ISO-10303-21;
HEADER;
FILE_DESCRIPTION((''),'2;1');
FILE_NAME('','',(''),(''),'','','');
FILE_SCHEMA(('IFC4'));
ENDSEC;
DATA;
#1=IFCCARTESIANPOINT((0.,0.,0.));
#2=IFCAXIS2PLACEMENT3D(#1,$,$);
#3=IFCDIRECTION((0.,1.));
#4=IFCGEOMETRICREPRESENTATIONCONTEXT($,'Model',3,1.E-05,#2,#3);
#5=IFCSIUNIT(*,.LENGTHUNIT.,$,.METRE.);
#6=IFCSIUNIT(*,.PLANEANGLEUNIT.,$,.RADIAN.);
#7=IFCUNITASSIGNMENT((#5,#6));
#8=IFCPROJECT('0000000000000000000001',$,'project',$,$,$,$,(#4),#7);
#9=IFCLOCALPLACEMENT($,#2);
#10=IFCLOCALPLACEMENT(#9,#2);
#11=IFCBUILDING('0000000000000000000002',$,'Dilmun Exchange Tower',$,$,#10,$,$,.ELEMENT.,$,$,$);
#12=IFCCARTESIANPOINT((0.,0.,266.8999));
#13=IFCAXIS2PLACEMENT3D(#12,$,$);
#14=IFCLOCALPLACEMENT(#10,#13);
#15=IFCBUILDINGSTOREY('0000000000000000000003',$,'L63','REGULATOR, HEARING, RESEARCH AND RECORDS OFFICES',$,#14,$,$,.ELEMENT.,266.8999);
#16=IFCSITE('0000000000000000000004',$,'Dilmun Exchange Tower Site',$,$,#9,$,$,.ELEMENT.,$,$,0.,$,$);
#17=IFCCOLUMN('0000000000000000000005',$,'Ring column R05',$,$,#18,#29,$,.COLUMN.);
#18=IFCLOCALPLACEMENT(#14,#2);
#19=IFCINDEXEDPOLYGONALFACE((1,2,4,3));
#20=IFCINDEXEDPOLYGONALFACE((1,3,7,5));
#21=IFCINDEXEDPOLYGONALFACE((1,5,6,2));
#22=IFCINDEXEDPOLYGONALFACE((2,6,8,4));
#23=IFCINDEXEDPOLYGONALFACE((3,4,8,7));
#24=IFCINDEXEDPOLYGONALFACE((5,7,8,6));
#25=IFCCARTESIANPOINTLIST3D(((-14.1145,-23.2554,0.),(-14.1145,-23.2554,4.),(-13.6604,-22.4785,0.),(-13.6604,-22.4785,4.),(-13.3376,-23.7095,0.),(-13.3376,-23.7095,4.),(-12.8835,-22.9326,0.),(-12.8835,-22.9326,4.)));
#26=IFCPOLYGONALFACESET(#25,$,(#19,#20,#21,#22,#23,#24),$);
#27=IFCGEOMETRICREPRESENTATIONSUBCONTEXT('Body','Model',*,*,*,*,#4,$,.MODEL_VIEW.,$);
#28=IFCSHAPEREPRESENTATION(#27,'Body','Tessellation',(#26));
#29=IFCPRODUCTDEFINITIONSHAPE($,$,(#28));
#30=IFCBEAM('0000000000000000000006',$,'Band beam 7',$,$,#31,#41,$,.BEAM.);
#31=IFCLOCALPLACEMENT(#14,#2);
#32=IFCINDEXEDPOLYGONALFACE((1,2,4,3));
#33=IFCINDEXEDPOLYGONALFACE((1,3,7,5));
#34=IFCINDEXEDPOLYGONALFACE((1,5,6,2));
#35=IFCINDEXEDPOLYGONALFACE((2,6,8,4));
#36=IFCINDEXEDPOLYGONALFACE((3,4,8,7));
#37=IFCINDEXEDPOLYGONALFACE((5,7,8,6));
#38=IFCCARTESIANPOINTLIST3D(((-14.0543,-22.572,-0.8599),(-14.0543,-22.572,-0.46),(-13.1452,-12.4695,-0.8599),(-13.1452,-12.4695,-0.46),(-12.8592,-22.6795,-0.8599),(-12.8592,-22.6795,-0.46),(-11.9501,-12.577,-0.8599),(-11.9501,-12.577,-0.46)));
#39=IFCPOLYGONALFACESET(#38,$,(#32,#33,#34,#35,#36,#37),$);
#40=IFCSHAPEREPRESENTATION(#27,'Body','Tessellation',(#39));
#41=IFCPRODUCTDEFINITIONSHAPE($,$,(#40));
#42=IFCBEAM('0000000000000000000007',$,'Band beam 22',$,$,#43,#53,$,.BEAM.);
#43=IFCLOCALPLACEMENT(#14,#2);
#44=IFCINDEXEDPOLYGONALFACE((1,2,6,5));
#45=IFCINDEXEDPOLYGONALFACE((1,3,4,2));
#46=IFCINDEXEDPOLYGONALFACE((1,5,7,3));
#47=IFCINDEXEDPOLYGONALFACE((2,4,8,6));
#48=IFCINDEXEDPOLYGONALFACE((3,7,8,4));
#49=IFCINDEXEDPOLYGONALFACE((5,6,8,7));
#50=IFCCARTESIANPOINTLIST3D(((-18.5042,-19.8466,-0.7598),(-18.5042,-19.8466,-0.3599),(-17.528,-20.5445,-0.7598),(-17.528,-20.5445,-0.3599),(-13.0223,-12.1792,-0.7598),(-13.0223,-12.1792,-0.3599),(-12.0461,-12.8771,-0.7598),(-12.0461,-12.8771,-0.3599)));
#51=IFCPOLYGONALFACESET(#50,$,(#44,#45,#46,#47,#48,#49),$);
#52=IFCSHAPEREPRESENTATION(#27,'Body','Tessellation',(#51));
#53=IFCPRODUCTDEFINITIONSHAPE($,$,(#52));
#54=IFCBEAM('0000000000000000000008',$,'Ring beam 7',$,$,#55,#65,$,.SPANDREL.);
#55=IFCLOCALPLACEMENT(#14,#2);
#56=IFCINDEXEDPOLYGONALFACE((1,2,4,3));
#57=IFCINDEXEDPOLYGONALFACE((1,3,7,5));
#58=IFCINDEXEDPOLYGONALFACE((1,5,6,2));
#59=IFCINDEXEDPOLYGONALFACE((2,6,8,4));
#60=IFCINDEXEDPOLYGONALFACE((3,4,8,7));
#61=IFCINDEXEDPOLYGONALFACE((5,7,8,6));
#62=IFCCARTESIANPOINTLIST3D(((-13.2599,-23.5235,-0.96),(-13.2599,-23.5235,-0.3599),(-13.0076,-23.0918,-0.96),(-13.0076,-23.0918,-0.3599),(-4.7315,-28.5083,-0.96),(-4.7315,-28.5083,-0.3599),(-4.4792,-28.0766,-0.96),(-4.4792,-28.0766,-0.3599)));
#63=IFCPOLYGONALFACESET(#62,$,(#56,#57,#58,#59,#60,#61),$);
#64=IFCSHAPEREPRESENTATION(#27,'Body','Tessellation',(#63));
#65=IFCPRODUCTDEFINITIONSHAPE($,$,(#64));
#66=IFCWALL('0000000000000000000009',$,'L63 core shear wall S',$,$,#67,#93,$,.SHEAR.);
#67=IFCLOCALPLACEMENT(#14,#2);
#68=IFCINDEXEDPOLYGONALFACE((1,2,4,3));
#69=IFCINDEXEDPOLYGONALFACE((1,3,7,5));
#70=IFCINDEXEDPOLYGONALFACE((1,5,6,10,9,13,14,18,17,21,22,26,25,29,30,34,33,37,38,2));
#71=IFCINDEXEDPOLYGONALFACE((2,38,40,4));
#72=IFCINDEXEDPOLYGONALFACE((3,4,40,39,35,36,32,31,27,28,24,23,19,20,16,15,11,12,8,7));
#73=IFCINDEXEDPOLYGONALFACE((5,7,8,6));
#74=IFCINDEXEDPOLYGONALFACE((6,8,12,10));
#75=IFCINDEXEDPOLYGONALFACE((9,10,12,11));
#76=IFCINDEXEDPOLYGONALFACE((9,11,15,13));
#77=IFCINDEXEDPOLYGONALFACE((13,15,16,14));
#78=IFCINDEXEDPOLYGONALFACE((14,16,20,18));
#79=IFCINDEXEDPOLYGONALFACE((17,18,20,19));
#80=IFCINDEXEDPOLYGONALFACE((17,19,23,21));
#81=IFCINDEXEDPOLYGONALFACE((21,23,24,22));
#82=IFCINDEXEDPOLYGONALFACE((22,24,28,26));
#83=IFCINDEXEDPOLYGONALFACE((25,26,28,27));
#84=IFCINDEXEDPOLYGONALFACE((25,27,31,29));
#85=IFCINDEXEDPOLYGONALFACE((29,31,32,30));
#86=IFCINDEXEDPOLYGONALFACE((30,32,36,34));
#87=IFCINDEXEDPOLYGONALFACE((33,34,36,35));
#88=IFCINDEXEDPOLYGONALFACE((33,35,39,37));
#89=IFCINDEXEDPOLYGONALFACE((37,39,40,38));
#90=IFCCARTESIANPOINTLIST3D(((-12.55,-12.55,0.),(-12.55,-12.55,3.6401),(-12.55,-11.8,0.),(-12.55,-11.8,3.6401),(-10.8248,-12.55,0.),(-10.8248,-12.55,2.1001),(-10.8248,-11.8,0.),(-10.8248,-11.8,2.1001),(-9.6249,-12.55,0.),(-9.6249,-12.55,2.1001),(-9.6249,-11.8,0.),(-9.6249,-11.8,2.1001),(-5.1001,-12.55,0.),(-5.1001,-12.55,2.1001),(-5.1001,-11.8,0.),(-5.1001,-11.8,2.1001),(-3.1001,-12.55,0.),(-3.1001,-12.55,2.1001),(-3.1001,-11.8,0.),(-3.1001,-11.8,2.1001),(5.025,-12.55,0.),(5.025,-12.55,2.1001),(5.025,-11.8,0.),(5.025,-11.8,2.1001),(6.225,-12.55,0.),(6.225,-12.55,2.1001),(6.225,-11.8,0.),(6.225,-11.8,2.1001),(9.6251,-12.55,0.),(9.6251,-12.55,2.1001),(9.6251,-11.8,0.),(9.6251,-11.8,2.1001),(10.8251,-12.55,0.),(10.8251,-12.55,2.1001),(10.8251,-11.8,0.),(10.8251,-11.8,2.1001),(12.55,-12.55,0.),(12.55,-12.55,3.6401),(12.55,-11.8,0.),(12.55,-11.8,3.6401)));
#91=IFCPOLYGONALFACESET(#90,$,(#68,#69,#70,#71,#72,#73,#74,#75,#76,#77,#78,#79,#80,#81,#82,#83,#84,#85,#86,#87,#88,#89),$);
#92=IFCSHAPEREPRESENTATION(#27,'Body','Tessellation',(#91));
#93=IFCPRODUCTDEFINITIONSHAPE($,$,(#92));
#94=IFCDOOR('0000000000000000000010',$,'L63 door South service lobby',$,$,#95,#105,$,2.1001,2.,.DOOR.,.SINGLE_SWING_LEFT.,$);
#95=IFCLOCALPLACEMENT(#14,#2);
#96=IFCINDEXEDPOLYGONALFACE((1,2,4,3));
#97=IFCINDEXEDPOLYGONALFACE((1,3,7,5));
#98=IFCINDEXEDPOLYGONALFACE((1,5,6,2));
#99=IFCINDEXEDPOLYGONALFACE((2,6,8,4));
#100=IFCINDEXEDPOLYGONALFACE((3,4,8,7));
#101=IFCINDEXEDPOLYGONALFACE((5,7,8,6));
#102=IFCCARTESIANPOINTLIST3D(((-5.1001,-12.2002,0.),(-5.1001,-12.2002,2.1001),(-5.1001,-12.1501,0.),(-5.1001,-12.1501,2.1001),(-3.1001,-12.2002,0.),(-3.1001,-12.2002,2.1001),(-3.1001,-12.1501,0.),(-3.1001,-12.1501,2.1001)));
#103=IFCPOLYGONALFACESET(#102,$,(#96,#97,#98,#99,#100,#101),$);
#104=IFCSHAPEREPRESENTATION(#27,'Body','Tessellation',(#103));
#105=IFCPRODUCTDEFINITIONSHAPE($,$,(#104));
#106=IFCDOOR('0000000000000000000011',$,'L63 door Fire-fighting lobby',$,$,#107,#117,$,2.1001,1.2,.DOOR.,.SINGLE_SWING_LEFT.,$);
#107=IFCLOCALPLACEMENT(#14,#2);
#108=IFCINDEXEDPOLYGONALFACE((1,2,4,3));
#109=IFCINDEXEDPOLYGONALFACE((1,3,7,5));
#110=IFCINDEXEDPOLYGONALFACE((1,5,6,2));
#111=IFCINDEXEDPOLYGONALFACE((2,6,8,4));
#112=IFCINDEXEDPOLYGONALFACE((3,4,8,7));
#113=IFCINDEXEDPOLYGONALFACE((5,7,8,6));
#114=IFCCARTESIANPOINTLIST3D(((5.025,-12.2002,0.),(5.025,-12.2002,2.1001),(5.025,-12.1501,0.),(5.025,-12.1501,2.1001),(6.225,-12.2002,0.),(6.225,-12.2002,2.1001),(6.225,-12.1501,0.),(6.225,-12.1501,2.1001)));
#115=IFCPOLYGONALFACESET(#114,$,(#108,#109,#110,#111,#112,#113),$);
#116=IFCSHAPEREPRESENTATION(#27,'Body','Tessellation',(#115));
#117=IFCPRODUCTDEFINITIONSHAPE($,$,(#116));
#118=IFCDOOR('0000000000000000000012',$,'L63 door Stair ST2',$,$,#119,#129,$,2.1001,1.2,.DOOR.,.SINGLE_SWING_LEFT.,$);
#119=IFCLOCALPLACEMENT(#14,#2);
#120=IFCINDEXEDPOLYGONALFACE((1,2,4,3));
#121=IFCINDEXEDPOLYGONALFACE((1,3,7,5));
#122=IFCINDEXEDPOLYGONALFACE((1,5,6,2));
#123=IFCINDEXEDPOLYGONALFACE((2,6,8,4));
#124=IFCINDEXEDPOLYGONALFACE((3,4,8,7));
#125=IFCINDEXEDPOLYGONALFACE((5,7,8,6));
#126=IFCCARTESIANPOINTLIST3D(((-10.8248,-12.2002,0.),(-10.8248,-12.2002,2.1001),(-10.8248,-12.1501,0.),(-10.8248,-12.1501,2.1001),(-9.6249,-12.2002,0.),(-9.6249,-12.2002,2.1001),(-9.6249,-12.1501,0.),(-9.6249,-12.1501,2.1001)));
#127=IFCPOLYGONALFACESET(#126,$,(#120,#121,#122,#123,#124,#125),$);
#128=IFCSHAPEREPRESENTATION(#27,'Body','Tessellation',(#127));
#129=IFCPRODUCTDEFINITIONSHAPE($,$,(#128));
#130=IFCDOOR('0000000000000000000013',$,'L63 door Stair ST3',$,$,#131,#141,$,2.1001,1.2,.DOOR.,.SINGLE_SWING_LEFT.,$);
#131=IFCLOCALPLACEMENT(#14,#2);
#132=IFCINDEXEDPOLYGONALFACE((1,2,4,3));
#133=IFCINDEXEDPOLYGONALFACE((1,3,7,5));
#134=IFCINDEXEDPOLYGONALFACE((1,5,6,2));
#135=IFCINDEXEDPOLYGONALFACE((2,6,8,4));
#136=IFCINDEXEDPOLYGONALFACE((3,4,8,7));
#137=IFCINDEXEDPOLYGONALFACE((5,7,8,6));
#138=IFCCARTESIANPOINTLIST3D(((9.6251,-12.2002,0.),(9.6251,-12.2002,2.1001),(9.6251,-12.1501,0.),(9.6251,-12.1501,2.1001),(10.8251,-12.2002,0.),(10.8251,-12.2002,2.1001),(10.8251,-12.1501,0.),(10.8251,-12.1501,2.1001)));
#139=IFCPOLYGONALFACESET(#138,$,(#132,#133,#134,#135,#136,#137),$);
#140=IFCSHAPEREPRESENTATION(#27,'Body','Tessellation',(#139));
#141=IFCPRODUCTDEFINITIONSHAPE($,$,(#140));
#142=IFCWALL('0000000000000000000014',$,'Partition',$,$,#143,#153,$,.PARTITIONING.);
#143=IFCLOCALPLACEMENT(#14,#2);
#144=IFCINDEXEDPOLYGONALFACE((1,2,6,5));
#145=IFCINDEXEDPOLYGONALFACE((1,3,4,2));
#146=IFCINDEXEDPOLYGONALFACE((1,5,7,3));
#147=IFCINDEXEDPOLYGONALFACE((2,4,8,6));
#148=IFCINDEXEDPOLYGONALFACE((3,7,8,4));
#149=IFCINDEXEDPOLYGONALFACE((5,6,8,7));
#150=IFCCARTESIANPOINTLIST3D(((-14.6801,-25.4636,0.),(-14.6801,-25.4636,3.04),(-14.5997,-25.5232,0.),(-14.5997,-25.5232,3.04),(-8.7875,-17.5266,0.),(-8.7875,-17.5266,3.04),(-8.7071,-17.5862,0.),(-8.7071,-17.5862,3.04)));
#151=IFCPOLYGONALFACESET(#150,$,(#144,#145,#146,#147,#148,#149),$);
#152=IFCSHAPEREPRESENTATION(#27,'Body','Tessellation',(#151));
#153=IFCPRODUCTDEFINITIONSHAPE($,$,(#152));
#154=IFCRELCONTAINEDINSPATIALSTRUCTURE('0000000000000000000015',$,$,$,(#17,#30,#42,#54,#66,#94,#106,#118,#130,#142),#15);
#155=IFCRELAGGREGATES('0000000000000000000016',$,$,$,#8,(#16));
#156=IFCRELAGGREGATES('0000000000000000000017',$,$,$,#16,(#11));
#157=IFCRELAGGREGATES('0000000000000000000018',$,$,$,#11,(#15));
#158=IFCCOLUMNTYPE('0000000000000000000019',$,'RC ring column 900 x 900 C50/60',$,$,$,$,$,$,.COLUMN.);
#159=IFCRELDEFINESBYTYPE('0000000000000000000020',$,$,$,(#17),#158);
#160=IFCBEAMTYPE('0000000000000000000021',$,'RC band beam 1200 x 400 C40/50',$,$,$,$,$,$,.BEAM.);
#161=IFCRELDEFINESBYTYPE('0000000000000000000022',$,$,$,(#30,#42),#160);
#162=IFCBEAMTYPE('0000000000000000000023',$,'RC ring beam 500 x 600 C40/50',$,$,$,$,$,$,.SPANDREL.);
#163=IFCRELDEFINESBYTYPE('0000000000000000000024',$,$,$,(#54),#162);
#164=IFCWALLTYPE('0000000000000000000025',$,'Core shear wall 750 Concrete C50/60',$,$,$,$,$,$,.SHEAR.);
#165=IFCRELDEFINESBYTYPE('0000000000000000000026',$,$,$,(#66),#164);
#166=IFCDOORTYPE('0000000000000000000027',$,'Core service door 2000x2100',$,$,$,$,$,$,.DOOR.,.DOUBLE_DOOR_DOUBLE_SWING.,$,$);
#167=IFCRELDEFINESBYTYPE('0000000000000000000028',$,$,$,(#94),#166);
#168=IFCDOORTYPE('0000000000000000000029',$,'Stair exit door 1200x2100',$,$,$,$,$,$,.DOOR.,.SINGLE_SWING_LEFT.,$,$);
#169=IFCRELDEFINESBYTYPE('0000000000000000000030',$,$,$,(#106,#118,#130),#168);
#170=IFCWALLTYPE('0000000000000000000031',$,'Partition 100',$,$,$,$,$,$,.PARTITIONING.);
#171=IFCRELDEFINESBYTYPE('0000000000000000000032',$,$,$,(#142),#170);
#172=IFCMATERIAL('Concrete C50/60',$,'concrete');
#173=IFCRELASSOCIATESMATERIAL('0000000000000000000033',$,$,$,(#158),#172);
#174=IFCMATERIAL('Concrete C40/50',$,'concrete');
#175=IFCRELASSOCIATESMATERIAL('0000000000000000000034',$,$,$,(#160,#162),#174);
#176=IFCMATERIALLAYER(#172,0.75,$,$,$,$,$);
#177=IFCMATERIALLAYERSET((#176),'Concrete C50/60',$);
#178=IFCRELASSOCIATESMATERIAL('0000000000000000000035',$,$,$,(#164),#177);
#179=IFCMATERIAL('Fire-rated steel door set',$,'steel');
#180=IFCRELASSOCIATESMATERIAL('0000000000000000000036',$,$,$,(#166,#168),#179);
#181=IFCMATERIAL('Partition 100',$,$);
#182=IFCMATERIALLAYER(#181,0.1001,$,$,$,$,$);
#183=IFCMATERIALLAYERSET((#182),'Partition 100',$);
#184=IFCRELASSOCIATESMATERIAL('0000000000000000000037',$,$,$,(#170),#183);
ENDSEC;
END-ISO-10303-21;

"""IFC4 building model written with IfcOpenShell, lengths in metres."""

from ifc_helpers import new_model, si_unit, direction, frame, frame_2d, origin, origin_2d, place, context, subcontext, project, spatial, rectangle, extrude, material, layer, layer_set, material_profile, profile_set, type_object, element, fill, save


model = new_model("IFC4")

# Units and contexts
model_context = context("Model", 3, precision=1e-05, world=origin(), true_north=direction((0.0, 1.0)))
body_context = subcontext(model_context, "Body", "Model", "MODEL_VIEW")
ifc_project = project(units=[si_unit("LENGTHUNIT", "METRE"), si_unit("PLANEANGLEUNIT", "RADIAN")], contexts=[model_context])

# Site, building, storey
site_placement = place(None, origin())
site = spatial("IfcSite", under=ifc_project, at=site_placement, Name="Dilmun Exchange Tower Site", CompositionType="ELEMENT", RefElevation=0.0)
building_placement = place(site_placement, origin())
building = spatial("IfcBuilding", under=site, at=building_placement, Name="Dilmun Exchange Tower", CompositionType="ELEMENT")
storey_placement = place(building_placement, frame((0.0, 0.0, 266.8999)))
storey = spatial("IfcBuildingStorey", under=building, at=storey_placement, Name="L63", Description="REGULATOR, HEARING, RESEARCH AND RECORDS OFFICES", CompositionType="ELEMENT", Elevation=266.8999)

# Column
ifc_material_1 = material(Name="Concrete C50/60", Category="concrete")
ifc_material_profile_1 = material_profile(ifc_material_1, rectangle(XDim=0.8999, YDim=0.8999, at=origin_2d()), Name="900 x 900")
ifc_profile_set_1 = profile_set([ifc_material_profile_1], Name="Concrete C50/60")
column_type = type_object("IfcColumnType", Name="RC ring column 900 x 900 C50/60", PredefinedType="COLUMN", material=ifc_profile_set_1)
column_placement = place(storey_placement, frame((-13.499, -23.094, 0.0), z_axis=(0.0, 0.0, 1.0), x_axis=(0.504644, 0.863328, 0.0)))
element("IfcColumn", 1, at=column_placement, inside=storey, type_object=column_type, Name="Ring column R05", PredefinedType="COLUMN", context=body_context, shape_type="SweptSolid", body=[
    extrude(rectangle(XDim=0.8999, YDim=0.8999, at=origin_2d()), origin(), (0.0, 0.0, 1.0), 4.0),
])

# Beams
ifc_material_2 = material(Name="Concrete C40/50", Category="concrete")
ifc_material_profile_2 = material_profile(ifc_material_2, rectangle(XDim=1.2, YDim=0.3999, at=origin_2d()), Name="1200 x 400")
ifc_profile_set_2 = profile_set([ifc_material_profile_2], Name="Concrete C40/50")
beam_type_1 = type_object("IfcBeamType", Name="RC band beam 1200 x 400 C40/50", PredefinedType="BEAM", material=ifc_profile_set_2)
beam_1_placement = place(storey_placement, frame((-13.4568, -22.6257, -0.6599), z_axis=(0.089633, 0.995975, 0.0), x_axis=(-0.995975, 0.089633, 0.0)))
element("IfcBeam", 2, at=beam_1_placement, inside=storey, type_object=beam_type_1, Name="Band beam 7", PredefinedType="BEAM", context=body_context, shape_type="SweptSolid", body=[
    extrude(rectangle(XDim=1.2, YDim=0.3999, at=origin_2d()), origin(), (0.0, 0.0, 1.0), 10.1433),
])
beam_2_placement = place(storey_placement, frame((-18.0161, -20.1956, -0.5598), z_axis=(0.581601, 0.813474, 0.0), x_axis=(-0.813474, 0.581601, 0.0)))
element("IfcBeam", 3, at=beam_2_placement, inside=storey, type_object=beam_type_1, Name="Band beam 22", PredefinedType="BEAM", context=body_context, shape_type="SweptSolid", body=[
    extrude(rectangle(XDim=1.2, YDim=0.3999, at=origin_2d()), origin(), (0.0, 0.0, 1.0), 9.4255),
])
ifc_material_profile_3 = material_profile(ifc_material_2, rectangle(XDim=0.5, YDim=0.6001, at=origin_2d()), Name="500 x 600")
ifc_profile_set_3 = profile_set([ifc_material_profile_3], Name="Concrete C40/50")
beam_type_2 = type_object("IfcBeamType", Name="RC ring beam 500 x 600 C40/50", PredefinedType="SPANDREL", material=ifc_profile_set_3)
beam_3_placement = place(storey_placement, frame((-13.1338, -23.3076, -0.6599), z_axis=(0.863344, -0.504616, 0.0), x_axis=(0.504616, 0.863344, 0.0)))
element("IfcBeam", 4, at=beam_3_placement, inside=storey, type_object=beam_type_2, Name="Ring beam 7", PredefinedType="SPANDREL", context=body_context, shape_type="SweptSolid", body=[
    extrude(rectangle(XDim=0.5, YDim=0.6001, at=origin_2d()), origin(), (0.0, 0.0, 1.0), 9.8784),
])

# Wall, openings, doors
ifc_layer_1 = layer(ifc_material_1, 0.75)
ifc_layer_set_1 = layer_set([ifc_layer_1], Name="Concrete C50/60")
wall_type_1 = type_object("IfcWallType", Name="Core shear wall 750 Concrete C50/60", PredefinedType="SHEAR", material=ifc_layer_set_1)
wall_1_placement = place(storey_placement, frame((-12.55, -12.175, 0.0), z_axis=(0.0, 0.0, 1.0), x_axis=(1.0, 0.0, 0.0)))
wall_1 = element("IfcWall", 5, at=wall_1_placement, inside=storey, type_object=wall_type_1, Name="L63 core shear wall S", PredefinedType="SHEAR", context=body_context, shape_type="SweptSolid", body=[
    extrude(rectangle(XDim=25.1001, YDim=0.75, at=frame_2d((12.55, 0.0))), origin(), (0.0, 0.0, 1.0), 3.6401),
])
opening_1_placement = place(wall_1_placement, frame((7.45, 0.0, 0.0)))
opening_1 = element("IfcOpeningElement", 6, at=opening_1_placement, cuts=wall_1, PredefinedType="OPENING", context=body_context, shape_type="SweptSolid", body=[
    extrude(rectangle(XDim=2.0, YDim=2.1001, at=frame_2d((1.0, 1.05))), frame((0.0, 0.385, 0.0), z_axis=(0.0, -1.0, 0.0), x_axis=(1.0, 0.0, 0.0)), (0.0, 0.0, 1.0), 0.77),
])
opening_2_placement = place(wall_1_placement, frame((17.575, 0.0, 0.0)))
opening_2 = element("IfcOpeningElement", 7, at=opening_2_placement, cuts=wall_1, PredefinedType="OPENING", context=body_context, shape_type="SweptSolid", body=[
    extrude(rectangle(XDim=1.2, YDim=2.1001, at=frame_2d((0.6001, 1.05))), frame((0.0, 0.385, 0.0), z_axis=(0.0, -1.0, 0.0), x_axis=(1.0, 0.0, 0.0)), (0.0, 0.0, 1.0), 0.77),
])
opening_3_placement = place(wall_1_placement, frame((1.7251, 0.0, 0.0)))
opening_3 = element("IfcOpeningElement", 8, at=opening_3_placement, cuts=wall_1, PredefinedType="OPENING", context=body_context, shape_type="SweptSolid", body=[
    extrude(rectangle(XDim=1.2, YDim=2.1001, at=frame_2d((0.6001, 1.05))), frame((0.0, 0.385, 0.0), z_axis=(0.0, -1.0, 0.0), x_axis=(1.0, 0.0, 0.0)), (0.0, 0.0, 1.0), 0.77),
])
opening_4_placement = place(wall_1_placement, frame((22.175, 0.0, 0.0)))
opening_4 = element("IfcOpeningElement", 9, at=opening_4_placement, cuts=wall_1, PredefinedType="OPENING", context=body_context, shape_type="SweptSolid", body=[
    extrude(rectangle(XDim=1.2, YDim=2.1001, at=frame_2d((0.6001, 1.05))), frame((0.0, 0.385, 0.0), z_axis=(0.0, -1.0, 0.0), x_axis=(1.0, 0.0, 0.0)), (0.0, 0.0, 1.0), 0.77),
])
ifc_material_3 = material(Name="Fire-rated steel door set", Category="steel")
door_type_1 = type_object("IfcDoorType", Name="Core service door 2000x2100", OperationType="DOUBLE_DOOR_DOUBLE_SWING", PredefinedType="DOOR", material=ifc_material_3)
door_1_placement = place(opening_1_placement, origin())
door_1 = element("IfcDoor", 10, at=door_1_placement, inside=storey, type_object=door_type_1, Name="L63 door South service lobby", OperationType="SINGLE_SWING_LEFT", OverallHeight=2.1001, OverallWidth=2.0, PredefinedType="DOOR", context=body_context, shape_type="SweptSolid", body=[
    extrude(rectangle(XDim=2.0, YDim=2.1001, at=frame_2d((1.0, 1.05))), frame((0.0, 0.0249, 0.0), z_axis=(0.0, -1.0, 0.0), x_axis=(1.0, 0.0, 0.0)), (0.0, 0.0, 1.0), 0.05),
])
fill(opening_1, door_1)
door_type_2 = type_object("IfcDoorType", Name="Stair exit door 1200x2100", OperationType="SINGLE_SWING_LEFT", PredefinedType="DOOR", material=ifc_material_3)
door_2_placement = place(opening_2_placement, origin())
door_2 = element("IfcDoor", 11, at=door_2_placement, inside=storey, type_object=door_type_2, Name="L63 door Fire-fighting lobby", OperationType="SINGLE_SWING_LEFT", OverallHeight=2.1001, OverallWidth=1.2, PredefinedType="DOOR", context=body_context, shape_type="SweptSolid", body=[
    extrude(rectangle(XDim=1.2, YDim=2.1001, at=frame_2d((0.6001, 1.05))), frame((0.0, 0.0249, 0.0), z_axis=(0.0, -1.0, 0.0), x_axis=(1.0, 0.0, 0.0)), (0.0, 0.0, 1.0), 0.05),
])
fill(opening_2, door_2)
door_3_placement = place(opening_3_placement, origin())
door_3 = element("IfcDoor", 12, at=door_3_placement, inside=storey, type_object=door_type_2, Name="L63 door Stair ST2", OperationType="SINGLE_SWING_LEFT", OverallHeight=2.1001, OverallWidth=1.2, PredefinedType="DOOR", context=body_context, shape_type="SweptSolid", body=[
    extrude(rectangle(XDim=1.2, YDim=2.1001, at=frame_2d((0.6001, 1.05))), frame((0.0, 0.0249, 0.0), z_axis=(0.0, -1.0, 0.0), x_axis=(1.0, 0.0, 0.0)), (0.0, 0.0, 1.0), 0.05),
])
fill(opening_3, door_3)
door_4_placement = place(opening_4_placement, origin())
door_4 = element("IfcDoor", 13, at=door_4_placement, inside=storey, type_object=door_type_2, Name="L63 door Stair ST3", OperationType="SINGLE_SWING_LEFT", OverallHeight=2.1001, OverallWidth=1.2, PredefinedType="DOOR", context=body_context, shape_type="SweptSolid", body=[
    extrude(rectangle(XDim=1.2, YDim=2.1001, at=frame_2d((0.6001, 1.05))), frame((0.0, 0.0249, 0.0), z_axis=(0.0, -1.0, 0.0), x_axis=(1.0, 0.0, 0.0)), (0.0, 0.0, 1.0), 0.05),
])
fill(opening_4, door_4)

# Wall
ifc_material_4 = material(Name="Partition 100")
ifc_layer_2 = layer(ifc_material_4, 0.1001)
ifc_layer_set_2 = layer_set([ifc_layer_2], Name="Partition 100")
wall_type_2 = type_object("IfcWallType", Name="Partition 100", PredefinedType="PARTITIONING", material=ifc_layer_set_2)
wall_2_placement = place(storey_placement, frame((-14.6399, -25.4934, 0.0), z_axis=(0.0, 0.0, 1.0), x_axis=(0.596097, 0.802913, 0.0)))
element("IfcWall", 14, at=wall_2_placement, inside=storey, type_object=wall_type_2, Name="Partition", PredefinedType="PARTITIONING", context=body_context, shape_type="SweptSolid", body=[
    extrude(rectangle(XDim=9.8853, YDim=0.1001, at=frame_2d((4.9426, 0.0))), origin(), (0.0, 0.0, 1.0), 3.04),
])

save(model, "model.ifc")
